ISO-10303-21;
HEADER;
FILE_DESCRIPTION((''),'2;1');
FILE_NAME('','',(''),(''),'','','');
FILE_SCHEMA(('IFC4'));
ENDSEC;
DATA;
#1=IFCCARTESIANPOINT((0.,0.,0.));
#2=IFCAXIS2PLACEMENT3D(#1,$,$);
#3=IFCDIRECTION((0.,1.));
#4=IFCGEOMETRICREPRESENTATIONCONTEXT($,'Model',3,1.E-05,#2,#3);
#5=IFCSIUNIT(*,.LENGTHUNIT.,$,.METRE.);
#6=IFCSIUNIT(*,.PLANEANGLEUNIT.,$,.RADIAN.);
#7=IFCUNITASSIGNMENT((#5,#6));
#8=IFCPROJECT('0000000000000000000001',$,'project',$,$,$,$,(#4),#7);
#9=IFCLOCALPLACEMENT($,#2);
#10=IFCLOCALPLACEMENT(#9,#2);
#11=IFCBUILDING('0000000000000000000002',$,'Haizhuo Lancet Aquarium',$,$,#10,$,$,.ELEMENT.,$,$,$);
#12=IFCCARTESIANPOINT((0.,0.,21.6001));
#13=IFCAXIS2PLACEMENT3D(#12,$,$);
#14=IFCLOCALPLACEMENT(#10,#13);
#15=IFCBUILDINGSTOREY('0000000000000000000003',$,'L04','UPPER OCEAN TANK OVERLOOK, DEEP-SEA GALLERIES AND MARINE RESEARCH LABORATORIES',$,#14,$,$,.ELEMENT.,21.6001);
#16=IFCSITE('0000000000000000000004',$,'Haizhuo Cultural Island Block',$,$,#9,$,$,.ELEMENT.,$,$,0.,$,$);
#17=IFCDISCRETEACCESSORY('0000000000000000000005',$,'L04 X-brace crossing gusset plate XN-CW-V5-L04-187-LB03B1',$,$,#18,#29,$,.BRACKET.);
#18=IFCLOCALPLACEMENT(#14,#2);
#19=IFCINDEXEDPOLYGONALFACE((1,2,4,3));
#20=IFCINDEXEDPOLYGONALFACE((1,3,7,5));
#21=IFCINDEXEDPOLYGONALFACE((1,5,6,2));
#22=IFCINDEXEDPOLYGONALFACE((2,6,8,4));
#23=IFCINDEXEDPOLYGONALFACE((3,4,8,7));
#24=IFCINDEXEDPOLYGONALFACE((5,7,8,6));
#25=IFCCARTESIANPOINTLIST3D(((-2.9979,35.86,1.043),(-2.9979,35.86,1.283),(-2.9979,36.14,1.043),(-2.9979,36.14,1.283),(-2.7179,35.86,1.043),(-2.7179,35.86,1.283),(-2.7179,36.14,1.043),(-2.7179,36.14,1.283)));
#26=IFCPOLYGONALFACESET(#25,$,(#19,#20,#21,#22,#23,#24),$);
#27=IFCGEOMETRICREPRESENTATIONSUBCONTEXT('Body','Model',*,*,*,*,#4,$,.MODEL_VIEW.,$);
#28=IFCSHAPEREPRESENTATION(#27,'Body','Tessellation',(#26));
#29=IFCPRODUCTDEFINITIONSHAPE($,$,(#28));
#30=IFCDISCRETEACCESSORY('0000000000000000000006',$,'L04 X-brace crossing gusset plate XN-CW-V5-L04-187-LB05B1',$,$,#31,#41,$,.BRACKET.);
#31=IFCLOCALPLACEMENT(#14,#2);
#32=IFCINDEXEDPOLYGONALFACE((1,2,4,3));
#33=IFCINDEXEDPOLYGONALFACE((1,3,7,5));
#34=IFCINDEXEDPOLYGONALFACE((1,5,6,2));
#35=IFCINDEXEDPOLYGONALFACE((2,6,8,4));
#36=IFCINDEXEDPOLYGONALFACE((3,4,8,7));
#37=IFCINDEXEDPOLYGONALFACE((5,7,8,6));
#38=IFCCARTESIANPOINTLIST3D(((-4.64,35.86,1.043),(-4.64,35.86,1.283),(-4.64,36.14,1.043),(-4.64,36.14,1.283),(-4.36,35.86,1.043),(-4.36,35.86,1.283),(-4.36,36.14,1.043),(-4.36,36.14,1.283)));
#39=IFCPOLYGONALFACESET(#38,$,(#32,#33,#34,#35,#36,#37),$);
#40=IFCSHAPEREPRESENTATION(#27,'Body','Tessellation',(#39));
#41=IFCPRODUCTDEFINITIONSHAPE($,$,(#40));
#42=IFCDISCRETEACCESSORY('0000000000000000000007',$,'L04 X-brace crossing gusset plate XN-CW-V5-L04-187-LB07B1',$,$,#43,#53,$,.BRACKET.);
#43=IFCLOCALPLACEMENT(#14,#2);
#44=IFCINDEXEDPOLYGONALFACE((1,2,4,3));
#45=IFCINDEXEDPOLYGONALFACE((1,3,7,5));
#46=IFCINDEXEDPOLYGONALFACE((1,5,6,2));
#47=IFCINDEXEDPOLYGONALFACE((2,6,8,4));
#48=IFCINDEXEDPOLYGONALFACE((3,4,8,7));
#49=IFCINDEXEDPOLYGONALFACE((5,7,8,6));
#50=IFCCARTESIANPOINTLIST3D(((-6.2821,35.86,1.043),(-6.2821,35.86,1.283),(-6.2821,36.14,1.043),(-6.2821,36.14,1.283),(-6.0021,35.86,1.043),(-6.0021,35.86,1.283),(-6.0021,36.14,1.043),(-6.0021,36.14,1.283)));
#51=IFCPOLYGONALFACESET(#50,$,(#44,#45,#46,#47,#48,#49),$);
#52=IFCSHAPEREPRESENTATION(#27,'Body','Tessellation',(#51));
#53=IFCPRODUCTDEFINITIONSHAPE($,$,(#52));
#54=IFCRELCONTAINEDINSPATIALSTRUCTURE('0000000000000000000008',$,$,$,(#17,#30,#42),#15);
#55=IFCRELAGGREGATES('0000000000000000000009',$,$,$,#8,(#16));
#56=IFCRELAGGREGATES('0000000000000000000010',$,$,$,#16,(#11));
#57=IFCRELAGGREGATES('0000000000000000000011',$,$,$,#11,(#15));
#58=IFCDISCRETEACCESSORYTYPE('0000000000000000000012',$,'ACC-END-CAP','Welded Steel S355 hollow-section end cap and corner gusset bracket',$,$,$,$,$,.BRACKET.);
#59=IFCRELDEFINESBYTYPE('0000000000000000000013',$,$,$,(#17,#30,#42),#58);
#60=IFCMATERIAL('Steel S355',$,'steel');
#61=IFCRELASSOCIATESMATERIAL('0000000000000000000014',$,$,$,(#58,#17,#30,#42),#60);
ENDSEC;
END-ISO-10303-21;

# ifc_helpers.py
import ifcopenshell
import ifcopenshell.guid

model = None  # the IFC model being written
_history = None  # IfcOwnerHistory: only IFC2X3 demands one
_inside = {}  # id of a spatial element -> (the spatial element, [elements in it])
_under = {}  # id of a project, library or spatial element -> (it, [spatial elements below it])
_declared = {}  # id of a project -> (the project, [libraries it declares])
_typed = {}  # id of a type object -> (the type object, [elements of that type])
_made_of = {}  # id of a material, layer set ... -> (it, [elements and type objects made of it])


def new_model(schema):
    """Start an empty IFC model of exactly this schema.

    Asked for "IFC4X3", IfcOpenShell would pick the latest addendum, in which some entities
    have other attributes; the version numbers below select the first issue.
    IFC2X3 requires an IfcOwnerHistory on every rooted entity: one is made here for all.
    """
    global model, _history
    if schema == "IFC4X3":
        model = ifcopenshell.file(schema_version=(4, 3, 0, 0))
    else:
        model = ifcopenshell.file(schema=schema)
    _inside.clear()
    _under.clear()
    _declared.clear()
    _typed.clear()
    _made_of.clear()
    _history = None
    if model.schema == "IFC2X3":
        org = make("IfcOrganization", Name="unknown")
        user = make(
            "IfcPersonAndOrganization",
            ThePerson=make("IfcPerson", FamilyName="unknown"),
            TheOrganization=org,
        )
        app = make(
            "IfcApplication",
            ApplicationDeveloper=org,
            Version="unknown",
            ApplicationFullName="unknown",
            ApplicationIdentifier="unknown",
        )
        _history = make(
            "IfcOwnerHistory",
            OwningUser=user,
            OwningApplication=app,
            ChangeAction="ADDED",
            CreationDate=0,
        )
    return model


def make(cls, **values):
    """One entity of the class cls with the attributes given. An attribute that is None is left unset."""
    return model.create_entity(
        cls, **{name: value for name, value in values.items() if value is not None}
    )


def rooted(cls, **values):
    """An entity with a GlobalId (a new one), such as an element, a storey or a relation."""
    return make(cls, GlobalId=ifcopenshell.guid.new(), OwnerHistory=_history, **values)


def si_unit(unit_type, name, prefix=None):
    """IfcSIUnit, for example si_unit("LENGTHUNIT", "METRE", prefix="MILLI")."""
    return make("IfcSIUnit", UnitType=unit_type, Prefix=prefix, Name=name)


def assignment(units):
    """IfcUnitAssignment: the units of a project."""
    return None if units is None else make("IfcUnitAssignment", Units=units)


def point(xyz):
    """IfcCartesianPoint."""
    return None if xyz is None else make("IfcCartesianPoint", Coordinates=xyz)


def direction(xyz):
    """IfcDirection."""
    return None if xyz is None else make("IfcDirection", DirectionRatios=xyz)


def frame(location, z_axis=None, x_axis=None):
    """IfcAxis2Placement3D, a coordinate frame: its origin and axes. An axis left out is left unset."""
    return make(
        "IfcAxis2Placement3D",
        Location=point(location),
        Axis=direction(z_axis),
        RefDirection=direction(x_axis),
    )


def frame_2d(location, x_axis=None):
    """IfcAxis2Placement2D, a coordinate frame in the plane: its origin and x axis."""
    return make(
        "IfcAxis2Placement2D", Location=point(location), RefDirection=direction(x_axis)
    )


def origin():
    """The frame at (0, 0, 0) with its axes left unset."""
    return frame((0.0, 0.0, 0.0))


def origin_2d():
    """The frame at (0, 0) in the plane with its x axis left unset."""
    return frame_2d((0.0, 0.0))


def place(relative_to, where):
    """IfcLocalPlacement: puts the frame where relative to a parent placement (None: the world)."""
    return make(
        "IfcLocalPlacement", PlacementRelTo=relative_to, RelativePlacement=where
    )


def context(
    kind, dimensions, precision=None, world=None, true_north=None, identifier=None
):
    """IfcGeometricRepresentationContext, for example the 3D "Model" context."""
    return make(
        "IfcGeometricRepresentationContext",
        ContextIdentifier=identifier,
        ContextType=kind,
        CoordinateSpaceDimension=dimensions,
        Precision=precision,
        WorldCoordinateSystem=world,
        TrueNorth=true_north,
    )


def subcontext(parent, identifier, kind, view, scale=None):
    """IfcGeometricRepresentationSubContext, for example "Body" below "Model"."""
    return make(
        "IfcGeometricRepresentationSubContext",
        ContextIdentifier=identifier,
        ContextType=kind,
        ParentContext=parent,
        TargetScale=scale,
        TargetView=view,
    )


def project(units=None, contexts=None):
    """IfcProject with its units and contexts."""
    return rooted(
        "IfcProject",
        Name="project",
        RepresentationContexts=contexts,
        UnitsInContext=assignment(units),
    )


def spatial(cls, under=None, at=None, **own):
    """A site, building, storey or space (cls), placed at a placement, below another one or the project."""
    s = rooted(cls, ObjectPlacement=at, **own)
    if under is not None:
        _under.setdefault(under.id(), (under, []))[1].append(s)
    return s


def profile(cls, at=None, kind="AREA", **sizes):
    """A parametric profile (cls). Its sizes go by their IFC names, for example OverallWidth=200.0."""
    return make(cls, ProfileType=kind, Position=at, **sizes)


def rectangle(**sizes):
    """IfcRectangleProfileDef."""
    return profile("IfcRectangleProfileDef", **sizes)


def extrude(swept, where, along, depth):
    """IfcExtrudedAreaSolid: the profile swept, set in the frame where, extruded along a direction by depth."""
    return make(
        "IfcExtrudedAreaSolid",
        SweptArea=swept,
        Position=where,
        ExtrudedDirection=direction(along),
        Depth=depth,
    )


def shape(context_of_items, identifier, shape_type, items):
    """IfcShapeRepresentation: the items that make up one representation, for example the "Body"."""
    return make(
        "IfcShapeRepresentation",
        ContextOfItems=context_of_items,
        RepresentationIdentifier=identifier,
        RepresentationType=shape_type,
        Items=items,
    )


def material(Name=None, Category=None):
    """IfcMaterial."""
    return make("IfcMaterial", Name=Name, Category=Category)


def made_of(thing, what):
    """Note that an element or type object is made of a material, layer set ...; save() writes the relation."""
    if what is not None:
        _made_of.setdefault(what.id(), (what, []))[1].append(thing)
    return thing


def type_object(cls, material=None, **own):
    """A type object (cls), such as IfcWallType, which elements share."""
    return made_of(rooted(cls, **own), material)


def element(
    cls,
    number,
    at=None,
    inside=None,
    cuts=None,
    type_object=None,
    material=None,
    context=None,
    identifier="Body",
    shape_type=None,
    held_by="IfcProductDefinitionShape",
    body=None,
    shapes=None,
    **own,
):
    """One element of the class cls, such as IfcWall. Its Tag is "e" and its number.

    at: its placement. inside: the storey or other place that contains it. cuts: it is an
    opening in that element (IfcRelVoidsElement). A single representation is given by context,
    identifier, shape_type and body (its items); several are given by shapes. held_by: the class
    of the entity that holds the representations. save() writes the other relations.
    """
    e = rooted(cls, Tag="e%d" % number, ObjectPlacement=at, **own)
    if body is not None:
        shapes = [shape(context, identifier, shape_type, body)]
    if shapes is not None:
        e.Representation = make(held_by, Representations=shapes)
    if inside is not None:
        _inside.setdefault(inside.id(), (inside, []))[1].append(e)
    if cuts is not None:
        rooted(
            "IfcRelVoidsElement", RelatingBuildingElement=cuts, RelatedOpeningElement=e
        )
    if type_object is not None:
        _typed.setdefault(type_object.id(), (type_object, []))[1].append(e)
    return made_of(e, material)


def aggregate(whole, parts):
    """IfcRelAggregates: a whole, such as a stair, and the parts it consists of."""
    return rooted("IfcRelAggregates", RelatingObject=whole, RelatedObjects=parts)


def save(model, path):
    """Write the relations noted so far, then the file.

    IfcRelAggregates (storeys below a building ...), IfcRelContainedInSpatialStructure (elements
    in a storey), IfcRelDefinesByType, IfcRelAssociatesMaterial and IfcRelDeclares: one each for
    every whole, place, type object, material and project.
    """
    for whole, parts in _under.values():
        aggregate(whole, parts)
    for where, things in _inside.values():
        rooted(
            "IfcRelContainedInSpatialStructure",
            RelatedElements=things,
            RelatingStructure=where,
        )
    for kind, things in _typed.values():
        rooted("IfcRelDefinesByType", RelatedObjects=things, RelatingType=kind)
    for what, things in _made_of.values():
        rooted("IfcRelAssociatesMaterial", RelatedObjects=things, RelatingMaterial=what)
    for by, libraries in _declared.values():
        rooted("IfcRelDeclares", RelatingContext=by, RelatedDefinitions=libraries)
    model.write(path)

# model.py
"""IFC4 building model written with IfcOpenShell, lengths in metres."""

from ifc_helpers import new_model, si_unit, direction, frame, origin, origin_2d, place, context, subcontext, project, spatial, rectangle, extrude, material, type_object, element, save


model = new_model("IFC4")

# Units and contexts
model_context = context("Model", 3, precision=1e-05, world=origin(), true_north=direction((0.0, 1.0)))
body_context = subcontext(model_context, "Body", "Model", "MODEL_VIEW")
ifc_project = project(units=[si_unit("LENGTHUNIT", "METRE"), si_unit("PLANEANGLEUNIT", "RADIAN")], contexts=[model_context])

# Site, building, storey
site_placement = place(None, origin())
site = spatial("IfcSite", under=ifc_project, at=site_placement, Name="Haizhuo Cultural Island Block", CompositionType="ELEMENT", RefElevation=0.0)
building_placement = place(site_placement, origin())
building = spatial("IfcBuilding", under=site, at=building_placement, Name="Haizhuo Lancet Aquarium", CompositionType="ELEMENT")
storey_placement = place(building_placement, frame((0.0, 0.0, 21.6001)))
storey = spatial("IfcBuildingStorey", under=building, at=storey_placement, Name="L04", Description="UPPER OCEAN TANK OVERLOOK, DEEP-SEA GALLERIES AND MARINE RESEARCH LABORATORIES", CompositionType="ELEMENT", Elevation=21.6001)

# Shared definitions
ifc_material_1 = material(Name="Steel S355", Category="steel")

# Discrete accessories
discrete_accessory_type = type_object("IfcDiscreteAccessoryType", Name="ACC-END-CAP", Description="Welded Steel S355 hollow-section end cap and corner gusset bracket", PredefinedType="BRACKET", material=ifc_material_1)
for number, where, z_axis, x_axis, name in (
    (1, (-2.8579, 36.0, 1.043), (0.0, 0.0, 1.0), (1.0, 0.0, 0.0), "L04 X-brace crossing gusset plate XN-CW-V5-L04-187-LB03B1"),
    (2, (-4.5, 36.0, 1.043), (0.0, 0.0, 1.0), (1.0, 0.0, 0.0), "L04 X-brace crossing gusset plate XN-CW-V5-L04-187-LB05B1"),
    (3, (-6.1421, 36.0, 1.043), (0.0, 0.0, 1.0), (1.0, 0.0, 0.0), "L04 X-brace crossing gusset plate XN-CW-V5-L04-187-LB07B1"),
):
    element("IfcDiscreteAccessory", number, at=place(storey_placement, frame(where, z_axis=z_axis, x_axis=x_axis)), inside=storey, type_object=discrete_accessory_type, material=ifc_material_1, Name=name, PredefinedType="BRACKET", context=body_context, shape_type="SweptSolid", body=[
        extrude(rectangle(XDim=0.28, YDim=0.28, at=origin_2d()), origin(), (0.0, 0.0, 1.0), 0.24),
    ])

save(model, "model.ifc")
